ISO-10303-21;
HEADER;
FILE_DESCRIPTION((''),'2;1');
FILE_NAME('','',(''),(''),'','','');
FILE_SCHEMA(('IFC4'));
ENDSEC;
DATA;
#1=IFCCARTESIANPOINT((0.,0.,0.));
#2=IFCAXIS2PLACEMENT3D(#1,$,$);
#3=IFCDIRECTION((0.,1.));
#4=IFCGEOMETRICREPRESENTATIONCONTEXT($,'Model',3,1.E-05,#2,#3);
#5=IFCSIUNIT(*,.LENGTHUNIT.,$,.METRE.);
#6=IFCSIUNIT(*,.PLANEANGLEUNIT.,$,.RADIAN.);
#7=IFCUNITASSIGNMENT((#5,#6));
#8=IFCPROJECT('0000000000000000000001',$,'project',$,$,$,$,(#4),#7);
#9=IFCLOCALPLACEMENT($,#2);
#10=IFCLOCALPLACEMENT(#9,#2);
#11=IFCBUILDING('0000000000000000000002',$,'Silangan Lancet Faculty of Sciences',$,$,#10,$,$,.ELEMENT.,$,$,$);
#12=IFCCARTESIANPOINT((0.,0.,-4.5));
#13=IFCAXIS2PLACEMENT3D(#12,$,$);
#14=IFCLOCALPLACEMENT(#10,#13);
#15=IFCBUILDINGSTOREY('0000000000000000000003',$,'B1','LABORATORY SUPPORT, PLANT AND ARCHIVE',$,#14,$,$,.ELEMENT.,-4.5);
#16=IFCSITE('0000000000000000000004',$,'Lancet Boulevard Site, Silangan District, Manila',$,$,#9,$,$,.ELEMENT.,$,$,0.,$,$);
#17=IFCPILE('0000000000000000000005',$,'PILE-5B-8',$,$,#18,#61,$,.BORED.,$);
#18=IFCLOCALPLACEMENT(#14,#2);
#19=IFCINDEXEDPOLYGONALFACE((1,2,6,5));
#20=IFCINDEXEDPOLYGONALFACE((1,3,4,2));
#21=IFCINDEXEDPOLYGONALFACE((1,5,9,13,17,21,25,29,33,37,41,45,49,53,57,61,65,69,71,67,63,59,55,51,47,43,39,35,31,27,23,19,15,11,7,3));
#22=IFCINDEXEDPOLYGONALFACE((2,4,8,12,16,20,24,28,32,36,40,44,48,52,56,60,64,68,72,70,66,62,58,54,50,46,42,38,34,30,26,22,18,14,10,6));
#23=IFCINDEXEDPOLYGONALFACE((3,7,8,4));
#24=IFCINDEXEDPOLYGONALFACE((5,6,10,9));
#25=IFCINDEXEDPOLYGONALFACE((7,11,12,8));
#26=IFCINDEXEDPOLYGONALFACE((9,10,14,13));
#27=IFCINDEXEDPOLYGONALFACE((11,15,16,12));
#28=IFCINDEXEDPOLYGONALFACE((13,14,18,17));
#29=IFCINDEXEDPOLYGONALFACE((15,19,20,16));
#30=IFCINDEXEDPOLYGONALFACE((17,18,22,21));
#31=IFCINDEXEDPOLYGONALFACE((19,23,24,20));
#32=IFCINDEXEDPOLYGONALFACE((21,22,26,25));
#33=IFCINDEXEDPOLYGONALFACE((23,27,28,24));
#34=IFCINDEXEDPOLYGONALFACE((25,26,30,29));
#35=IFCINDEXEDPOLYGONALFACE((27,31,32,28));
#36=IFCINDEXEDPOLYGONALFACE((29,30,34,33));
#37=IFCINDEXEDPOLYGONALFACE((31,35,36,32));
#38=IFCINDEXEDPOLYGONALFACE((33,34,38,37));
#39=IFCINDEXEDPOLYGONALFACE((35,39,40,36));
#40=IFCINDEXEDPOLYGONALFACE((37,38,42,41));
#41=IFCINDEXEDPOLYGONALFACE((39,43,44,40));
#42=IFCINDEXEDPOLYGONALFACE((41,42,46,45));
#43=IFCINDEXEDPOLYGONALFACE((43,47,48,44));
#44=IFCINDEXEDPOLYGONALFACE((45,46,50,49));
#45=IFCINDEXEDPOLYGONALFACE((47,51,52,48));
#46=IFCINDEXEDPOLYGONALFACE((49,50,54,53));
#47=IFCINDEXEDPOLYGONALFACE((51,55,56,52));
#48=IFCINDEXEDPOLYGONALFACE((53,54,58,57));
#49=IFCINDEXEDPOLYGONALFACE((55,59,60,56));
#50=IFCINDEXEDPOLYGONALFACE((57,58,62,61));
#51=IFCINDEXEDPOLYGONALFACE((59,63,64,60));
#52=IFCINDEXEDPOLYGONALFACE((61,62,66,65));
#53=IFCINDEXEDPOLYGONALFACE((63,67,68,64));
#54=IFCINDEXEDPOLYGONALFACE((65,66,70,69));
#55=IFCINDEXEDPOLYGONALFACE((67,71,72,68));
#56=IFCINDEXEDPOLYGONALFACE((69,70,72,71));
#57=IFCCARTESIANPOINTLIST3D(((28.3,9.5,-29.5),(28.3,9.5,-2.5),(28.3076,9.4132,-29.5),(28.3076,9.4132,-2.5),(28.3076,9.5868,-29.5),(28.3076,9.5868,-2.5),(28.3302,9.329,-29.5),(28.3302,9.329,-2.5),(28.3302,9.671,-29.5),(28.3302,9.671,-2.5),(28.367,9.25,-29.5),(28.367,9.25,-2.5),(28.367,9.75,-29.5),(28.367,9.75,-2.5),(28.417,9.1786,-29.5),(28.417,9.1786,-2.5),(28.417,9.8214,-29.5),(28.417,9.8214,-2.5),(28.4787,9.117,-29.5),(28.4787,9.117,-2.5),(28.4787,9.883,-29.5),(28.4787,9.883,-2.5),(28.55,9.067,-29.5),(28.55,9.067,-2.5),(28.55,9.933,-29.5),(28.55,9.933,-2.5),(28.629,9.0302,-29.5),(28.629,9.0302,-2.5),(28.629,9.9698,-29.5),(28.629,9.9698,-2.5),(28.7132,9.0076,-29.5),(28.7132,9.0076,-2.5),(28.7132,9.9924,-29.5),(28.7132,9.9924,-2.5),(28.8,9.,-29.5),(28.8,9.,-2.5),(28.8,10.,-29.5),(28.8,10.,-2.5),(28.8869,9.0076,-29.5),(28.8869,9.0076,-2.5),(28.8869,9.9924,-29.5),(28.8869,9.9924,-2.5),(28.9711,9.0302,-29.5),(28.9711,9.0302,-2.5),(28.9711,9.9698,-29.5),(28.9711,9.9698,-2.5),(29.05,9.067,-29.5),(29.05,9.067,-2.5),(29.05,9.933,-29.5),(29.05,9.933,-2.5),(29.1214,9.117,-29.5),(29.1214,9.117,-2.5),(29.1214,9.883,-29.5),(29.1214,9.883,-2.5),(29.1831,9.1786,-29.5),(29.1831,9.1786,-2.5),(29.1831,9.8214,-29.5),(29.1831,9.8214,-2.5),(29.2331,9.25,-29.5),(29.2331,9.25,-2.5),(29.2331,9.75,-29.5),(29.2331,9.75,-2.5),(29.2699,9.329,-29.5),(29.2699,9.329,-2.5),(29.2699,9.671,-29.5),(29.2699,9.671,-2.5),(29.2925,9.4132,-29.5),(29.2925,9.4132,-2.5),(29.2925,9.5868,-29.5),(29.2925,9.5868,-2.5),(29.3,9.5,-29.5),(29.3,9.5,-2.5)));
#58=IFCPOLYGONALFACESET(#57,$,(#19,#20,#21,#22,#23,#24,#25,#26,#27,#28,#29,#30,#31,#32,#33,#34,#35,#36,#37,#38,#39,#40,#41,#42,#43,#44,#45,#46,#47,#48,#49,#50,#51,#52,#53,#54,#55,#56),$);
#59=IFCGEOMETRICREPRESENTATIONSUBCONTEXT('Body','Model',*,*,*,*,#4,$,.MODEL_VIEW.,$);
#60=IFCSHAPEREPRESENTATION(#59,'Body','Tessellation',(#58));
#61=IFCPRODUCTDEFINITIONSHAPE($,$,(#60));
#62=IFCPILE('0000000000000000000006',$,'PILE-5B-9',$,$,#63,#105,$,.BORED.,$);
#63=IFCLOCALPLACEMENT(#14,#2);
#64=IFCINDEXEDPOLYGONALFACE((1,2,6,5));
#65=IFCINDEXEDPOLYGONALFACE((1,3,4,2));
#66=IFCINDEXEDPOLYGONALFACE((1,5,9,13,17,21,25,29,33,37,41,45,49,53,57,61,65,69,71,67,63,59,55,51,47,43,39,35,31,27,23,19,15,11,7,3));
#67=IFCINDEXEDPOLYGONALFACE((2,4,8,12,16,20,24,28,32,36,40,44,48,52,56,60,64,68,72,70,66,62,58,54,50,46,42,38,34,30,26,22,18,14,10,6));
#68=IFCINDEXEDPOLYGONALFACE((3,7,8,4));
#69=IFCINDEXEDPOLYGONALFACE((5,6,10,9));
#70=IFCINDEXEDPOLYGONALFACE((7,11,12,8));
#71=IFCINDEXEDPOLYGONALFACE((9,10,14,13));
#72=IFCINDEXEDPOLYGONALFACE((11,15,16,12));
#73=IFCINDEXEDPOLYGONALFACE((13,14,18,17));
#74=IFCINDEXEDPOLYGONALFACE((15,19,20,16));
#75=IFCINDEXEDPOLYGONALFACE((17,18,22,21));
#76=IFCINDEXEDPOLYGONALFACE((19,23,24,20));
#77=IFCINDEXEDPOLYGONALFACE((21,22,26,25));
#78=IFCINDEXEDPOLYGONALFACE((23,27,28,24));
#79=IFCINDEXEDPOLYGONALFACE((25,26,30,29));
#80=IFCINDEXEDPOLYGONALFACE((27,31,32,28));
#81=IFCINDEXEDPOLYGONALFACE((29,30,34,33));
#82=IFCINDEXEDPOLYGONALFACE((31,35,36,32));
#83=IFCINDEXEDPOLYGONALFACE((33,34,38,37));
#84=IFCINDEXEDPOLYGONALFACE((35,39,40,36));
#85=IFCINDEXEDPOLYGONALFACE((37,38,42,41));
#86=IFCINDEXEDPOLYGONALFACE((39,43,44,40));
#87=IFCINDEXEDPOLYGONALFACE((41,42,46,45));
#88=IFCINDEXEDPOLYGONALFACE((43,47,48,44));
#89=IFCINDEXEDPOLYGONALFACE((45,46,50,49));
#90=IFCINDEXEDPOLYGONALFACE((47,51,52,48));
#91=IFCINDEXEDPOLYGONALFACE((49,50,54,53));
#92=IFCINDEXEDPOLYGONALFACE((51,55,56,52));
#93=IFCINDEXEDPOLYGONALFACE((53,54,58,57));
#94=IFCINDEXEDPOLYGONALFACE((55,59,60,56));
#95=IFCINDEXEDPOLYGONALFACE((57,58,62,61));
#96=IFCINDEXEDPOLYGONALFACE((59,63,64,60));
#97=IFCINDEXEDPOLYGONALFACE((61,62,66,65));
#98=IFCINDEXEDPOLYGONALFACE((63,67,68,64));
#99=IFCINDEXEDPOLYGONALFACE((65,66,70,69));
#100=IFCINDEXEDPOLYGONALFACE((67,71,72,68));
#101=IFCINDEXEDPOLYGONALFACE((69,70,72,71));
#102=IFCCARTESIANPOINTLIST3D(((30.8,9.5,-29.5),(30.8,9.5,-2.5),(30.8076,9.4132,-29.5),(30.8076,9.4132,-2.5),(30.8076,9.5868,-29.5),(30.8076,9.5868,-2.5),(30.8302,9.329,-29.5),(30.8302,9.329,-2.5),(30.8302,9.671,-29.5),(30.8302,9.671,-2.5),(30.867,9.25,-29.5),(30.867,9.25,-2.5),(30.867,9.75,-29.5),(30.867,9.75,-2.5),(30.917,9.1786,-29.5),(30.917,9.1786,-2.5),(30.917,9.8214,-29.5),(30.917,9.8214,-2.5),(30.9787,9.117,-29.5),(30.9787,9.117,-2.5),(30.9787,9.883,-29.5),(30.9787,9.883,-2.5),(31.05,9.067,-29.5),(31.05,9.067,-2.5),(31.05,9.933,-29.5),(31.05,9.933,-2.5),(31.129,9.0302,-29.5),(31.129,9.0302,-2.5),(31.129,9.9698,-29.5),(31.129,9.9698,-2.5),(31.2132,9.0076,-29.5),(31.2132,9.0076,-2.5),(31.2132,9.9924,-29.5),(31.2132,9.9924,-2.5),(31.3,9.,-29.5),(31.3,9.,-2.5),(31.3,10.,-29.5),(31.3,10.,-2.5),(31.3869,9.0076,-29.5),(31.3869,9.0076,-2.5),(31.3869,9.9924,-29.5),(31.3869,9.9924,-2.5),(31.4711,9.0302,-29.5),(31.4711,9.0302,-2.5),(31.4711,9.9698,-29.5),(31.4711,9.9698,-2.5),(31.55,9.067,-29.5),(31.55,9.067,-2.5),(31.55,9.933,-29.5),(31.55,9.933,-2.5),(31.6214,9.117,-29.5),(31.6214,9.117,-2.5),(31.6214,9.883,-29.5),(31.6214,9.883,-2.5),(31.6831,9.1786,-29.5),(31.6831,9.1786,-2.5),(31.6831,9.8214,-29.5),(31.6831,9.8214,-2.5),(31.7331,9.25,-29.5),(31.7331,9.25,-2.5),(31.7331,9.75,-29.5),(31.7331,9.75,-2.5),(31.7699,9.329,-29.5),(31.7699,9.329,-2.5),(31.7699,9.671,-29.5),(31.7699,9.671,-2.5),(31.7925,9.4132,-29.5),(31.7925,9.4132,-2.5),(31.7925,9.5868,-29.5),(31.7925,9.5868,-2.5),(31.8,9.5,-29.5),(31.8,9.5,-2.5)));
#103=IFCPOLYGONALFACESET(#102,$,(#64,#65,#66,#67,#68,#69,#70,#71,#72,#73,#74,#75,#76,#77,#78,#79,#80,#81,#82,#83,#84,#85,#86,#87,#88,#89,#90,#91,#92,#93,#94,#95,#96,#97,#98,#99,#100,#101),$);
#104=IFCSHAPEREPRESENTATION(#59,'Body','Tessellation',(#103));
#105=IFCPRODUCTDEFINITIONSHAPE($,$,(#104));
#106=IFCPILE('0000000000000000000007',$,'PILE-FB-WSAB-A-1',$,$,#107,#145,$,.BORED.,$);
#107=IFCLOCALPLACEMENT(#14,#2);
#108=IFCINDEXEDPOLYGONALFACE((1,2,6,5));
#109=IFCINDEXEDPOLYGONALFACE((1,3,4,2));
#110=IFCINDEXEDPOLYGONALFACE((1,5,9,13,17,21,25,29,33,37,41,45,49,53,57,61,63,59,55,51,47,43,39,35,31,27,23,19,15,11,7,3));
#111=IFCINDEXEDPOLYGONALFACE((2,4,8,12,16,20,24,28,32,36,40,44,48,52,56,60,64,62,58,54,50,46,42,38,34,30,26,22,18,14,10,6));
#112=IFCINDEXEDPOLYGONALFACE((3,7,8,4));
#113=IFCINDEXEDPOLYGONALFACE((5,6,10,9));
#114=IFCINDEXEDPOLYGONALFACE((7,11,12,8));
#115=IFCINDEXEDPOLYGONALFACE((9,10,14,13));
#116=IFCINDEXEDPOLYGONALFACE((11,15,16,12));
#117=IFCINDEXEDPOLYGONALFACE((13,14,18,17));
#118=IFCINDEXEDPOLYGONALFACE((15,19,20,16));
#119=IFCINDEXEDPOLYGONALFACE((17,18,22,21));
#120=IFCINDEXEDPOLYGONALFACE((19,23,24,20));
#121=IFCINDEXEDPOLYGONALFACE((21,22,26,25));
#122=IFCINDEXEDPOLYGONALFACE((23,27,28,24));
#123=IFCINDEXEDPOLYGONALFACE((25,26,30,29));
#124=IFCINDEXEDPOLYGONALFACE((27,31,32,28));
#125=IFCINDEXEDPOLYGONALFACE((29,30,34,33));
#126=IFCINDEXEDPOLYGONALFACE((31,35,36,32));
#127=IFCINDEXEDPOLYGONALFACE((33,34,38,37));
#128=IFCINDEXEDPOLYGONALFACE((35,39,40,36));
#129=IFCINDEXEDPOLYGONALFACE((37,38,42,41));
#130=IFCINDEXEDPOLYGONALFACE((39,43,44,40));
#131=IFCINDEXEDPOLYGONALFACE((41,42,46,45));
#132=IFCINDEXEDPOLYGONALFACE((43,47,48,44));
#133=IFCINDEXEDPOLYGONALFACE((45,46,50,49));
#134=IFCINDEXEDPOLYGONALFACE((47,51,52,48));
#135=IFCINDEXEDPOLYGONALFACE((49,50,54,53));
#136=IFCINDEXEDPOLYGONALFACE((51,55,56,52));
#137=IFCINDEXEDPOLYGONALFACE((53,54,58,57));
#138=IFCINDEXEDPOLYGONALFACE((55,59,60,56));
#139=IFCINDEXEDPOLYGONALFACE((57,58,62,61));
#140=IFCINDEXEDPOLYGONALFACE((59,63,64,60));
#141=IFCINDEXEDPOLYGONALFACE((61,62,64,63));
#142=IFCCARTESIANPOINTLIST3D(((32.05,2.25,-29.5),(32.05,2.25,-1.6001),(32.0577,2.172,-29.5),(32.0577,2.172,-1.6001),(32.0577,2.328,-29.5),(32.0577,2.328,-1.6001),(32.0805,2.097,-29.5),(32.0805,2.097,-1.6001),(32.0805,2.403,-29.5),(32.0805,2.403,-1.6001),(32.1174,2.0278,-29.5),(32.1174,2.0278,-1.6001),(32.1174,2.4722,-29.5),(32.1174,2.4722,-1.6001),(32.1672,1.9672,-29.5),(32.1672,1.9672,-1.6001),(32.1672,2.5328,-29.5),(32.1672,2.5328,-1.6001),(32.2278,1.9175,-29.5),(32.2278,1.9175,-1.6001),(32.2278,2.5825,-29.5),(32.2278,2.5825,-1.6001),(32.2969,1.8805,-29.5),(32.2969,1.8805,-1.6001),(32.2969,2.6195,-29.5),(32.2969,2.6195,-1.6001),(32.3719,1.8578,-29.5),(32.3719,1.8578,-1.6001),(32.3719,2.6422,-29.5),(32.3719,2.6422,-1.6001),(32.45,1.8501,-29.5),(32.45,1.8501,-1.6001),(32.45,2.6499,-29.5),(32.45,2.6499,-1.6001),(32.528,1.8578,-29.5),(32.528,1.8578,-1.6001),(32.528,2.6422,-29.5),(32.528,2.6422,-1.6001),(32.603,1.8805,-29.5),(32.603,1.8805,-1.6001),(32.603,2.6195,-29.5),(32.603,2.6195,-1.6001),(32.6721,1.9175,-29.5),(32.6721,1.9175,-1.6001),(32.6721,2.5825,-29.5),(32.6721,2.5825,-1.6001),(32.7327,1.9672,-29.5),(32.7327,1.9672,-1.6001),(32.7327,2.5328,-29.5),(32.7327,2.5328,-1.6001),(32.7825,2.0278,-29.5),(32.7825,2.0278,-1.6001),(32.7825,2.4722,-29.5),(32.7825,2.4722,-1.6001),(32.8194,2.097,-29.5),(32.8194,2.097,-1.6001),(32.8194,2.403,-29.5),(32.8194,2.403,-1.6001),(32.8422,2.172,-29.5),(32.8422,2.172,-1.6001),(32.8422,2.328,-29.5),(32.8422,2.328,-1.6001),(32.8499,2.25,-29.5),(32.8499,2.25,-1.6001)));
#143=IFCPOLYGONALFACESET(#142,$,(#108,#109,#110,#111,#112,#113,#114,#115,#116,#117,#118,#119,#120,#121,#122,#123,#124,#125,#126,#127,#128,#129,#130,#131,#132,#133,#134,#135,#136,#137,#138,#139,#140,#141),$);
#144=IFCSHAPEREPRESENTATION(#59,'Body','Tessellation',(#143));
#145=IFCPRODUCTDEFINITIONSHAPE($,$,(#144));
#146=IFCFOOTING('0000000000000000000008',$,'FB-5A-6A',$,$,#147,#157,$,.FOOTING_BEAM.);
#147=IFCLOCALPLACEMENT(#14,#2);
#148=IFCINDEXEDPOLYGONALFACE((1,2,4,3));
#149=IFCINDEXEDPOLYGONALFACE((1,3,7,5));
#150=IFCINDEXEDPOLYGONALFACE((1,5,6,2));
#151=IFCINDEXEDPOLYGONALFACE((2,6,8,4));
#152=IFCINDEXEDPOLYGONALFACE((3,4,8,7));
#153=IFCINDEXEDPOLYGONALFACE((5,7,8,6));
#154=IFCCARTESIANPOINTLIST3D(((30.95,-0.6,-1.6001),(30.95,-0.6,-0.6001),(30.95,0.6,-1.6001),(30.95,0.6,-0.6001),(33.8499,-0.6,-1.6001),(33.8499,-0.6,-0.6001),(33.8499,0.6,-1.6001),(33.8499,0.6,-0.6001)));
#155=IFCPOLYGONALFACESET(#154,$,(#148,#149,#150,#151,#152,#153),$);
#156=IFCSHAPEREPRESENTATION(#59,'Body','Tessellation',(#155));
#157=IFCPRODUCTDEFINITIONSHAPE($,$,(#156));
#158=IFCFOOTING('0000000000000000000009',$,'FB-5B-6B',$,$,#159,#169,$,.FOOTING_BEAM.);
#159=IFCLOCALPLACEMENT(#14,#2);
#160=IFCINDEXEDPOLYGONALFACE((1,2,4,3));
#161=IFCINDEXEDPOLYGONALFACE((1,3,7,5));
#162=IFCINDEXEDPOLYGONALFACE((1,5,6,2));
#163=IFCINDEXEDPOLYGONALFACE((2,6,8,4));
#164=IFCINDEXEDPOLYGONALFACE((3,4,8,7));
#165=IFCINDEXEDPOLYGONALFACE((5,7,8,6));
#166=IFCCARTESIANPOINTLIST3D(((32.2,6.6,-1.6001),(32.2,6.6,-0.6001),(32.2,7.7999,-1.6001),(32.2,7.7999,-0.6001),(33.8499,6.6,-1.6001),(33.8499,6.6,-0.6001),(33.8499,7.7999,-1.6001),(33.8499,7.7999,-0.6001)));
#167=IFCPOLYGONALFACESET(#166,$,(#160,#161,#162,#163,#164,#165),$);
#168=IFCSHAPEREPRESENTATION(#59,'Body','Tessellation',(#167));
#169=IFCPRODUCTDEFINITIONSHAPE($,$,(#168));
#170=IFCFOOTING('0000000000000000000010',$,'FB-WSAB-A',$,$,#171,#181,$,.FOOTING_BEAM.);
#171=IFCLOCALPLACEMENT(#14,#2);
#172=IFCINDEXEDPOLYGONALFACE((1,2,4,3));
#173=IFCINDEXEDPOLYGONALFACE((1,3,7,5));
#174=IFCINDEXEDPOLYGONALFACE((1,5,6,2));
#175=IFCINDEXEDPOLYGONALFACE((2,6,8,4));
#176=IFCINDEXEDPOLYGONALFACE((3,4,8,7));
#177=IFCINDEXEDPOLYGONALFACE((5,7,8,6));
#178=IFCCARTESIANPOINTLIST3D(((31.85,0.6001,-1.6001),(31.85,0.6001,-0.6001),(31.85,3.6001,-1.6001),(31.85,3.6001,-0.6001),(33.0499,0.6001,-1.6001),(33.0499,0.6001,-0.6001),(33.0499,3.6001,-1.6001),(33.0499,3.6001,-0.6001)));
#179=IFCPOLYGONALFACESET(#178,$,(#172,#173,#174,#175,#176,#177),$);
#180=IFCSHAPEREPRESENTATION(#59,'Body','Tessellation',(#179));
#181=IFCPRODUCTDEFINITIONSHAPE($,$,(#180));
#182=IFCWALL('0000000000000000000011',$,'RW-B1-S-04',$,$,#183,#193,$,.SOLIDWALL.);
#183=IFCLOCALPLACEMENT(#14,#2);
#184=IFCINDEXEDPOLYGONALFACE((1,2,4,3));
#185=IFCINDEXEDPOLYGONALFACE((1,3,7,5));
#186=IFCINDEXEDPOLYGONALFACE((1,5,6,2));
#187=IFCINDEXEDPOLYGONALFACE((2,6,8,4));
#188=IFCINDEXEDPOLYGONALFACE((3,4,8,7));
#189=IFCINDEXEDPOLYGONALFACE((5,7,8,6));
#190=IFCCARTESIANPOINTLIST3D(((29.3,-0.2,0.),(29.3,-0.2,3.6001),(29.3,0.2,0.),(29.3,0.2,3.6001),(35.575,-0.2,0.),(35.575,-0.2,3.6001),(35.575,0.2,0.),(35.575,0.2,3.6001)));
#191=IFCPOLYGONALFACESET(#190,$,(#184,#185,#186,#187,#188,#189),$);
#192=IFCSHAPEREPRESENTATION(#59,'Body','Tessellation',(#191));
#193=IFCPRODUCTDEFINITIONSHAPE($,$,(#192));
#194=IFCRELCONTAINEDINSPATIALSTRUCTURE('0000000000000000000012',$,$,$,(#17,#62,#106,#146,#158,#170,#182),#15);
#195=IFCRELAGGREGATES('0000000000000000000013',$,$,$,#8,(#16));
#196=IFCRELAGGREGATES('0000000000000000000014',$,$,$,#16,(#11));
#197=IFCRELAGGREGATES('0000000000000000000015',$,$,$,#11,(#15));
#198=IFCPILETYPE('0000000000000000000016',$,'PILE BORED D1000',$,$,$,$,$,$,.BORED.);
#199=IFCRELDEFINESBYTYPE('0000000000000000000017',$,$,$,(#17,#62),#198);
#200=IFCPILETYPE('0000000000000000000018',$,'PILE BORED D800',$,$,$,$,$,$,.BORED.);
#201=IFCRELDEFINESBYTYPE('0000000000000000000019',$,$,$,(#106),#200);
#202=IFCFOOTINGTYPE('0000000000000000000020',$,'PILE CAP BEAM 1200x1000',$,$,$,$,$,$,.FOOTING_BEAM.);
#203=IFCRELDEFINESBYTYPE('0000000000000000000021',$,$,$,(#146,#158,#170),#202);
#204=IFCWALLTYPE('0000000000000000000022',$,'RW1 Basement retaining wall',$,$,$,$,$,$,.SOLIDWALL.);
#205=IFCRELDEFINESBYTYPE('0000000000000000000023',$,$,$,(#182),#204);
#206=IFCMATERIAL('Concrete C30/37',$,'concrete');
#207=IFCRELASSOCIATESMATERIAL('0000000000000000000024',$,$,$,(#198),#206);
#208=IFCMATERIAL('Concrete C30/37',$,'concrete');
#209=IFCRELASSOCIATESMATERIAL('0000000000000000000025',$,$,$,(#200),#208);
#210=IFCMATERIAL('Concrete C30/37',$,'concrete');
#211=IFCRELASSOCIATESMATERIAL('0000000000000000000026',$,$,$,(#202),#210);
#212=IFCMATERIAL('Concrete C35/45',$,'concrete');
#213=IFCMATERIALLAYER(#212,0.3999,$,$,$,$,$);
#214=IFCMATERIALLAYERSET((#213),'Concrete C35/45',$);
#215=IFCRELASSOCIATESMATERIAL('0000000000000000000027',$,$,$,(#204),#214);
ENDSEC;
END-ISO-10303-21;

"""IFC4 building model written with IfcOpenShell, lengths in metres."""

from ifc_helpers import new_model, si_unit, direction, frame, frame_2d, origin, origin_2d, place, context, subcontext, project, spatial, rectangle, circle, extrude, material, layer, layer_set, material_profile, profile_set, type_object, element, save


model = new_model("IFC4")

# Units and contexts
model_context = context("Model", 3, precision=1e-05, world=origin(), true_north=direction((0.0, 1.0)))
body_context = subcontext(model_context, "Body", "Model", "MODEL_VIEW")
ifc_project = project(units=[si_unit("LENGTHUNIT", "METRE"), si_unit("PLANEANGLEUNIT", "RADIAN")], contexts=[model_context])

# Site, building, storey
site_placement = place(None, origin())
site = spatial("IfcSite", under=ifc_project, at=site_placement, Name="Lancet Boulevard Site, Silangan District, Manila", CompositionType="ELEMENT", RefElevation=0.0)
building_placement = place(site_placement, origin())
building = spatial("IfcBuilding", under=site, at=building_placement, Name="Silangan Lancet Faculty of Sciences", CompositionType="ELEMENT")
storey_placement = place(building_placement, frame((0.0, 0.0, -4.5)))
storey = spatial("IfcBuildingStorey", under=building, at=storey_placement, Name="B1", Description="LABORATORY SUPPORT, PLANT AND ARCHIVE", CompositionType="ELEMENT", Elevation=-4.5)

# Piles
ifc_material_1 = material(Name="Concrete C30/37", Category="concrete")
ifc_material_profile_1 = material_profile(ifc_material_1, circle(Radius=0.5, at=origin_2d()), Name="BORED PILE D1000")
ifc_profile_set_1 = profile_set([ifc_material_profile_1], Name="Concrete C30/37")
pile_type_1 = type_object("IfcPileType", Name="PILE BORED D1000", PredefinedType="BORED", material=ifc_profile_set_1)
for number, where, z_axis, x_axis, name in (
    (1, (28.8, 9.5, -2.5), (0.0, 0.0, -1.0), (1.0, 0.0, 0.0), "PILE-5B-8"),
    (2, (31.3, 9.5, -2.5), (0.0, 0.0, -1.0), (1.0, 0.0, 0.0), "PILE-5B-9"),
):
    element("IfcPile", number, at=place(storey_placement, frame(where, z_axis=z_axis, x_axis=x_axis)), inside=storey, type_object=pile_type_1, Name=name, PredefinedType="BORED", context=body_context, shape_type="SweptSolid", body=[
        extrude(circle(Radius=0.5, at=origin_2d()), origin(), (0.0, 0.0, 1.0), 27.0),
    ])
ifc_material_2 = material(Name="Concrete C30/37", Category="concrete")
ifc_material_profile_2 = material_profile(ifc_material_2, circle(Radius=0.3999, at=origin_2d()), Name="BORED PILE D800")
ifc_profile_set_2 = profile_set([ifc_material_profile_2], Name="Concrete C30/37")
pile_type_2 = type_object("IfcPileType", Name="PILE BORED D800", PredefinedType="BORED", material=ifc_profile_set_2)
pile_placement = place(storey_placement, frame((32.45, 2.25, -1.6001), z_axis=(0.0, 0.0, -1.0), x_axis=(1.0, 0.0, 0.0)))
element("IfcPile", 3, at=pile_placement, inside=storey, type_object=pile_type_2, Name="PILE-FB-WSAB-A-1", PredefinedType="BORED", context=body_context, shape_type="SweptSolid", body=[
    extrude(circle(Radius=0.3999, at=origin_2d()), origin(), (0.0, 0.0, 1.0), 27.8999),
])

# Footings
ifc_material_3 = material(Name="Concrete C30/37", Category="concrete")
footing_type = type_object("IfcFootingType", Name="PILE CAP BEAM 1200x1000", PredefinedType="FOOTING_BEAM", material=ifc_material_3)
footing_1_placement = place(storey_placement, frame((32.3999, 0.0, -1.6001), z_axis=(0.0, 0.0, 1.0), x_axis=(1.0, 0.0, 0.0)))
element("IfcFooting", 4, at=footing_1_placement, inside=storey, type_object=footing_type, Name="FB-5A-6A", PredefinedType="FOOTING_BEAM", context=body_context, shape_type="SweptSolid", body=[
    extrude(rectangle(XDim=2.8999, YDim=1.2, at=origin_2d()), origin(), (0.0, 0.0, 1.0), 1.0),
])
footing_2_placement = place(storey_placement, frame((33.0249, 7.2, -1.6001), z_axis=(0.0, 0.0, 1.0), x_axis=(1.0, 0.0, 0.0)))
element("IfcFooting", 5, at=footing_2_placement, inside=storey, type_object=footing_type, Name="FB-5B-6B", PredefinedType="FOOTING_BEAM", context=body_context, shape_type="SweptSolid", body=[
    extrude(rectangle(XDim=1.6499, YDim=1.2, at=origin_2d()), origin(), (0.0, 0.0, 1.0), 1.0),
])
footing_3_placement = place(storey_placement, frame((32.45, 2.1001, -1.6001), z_axis=(0.0, 0.0, 1.0), x_axis=(0.0, 1.0, 0.0)))
element("IfcFooting", 6, at=footing_3_placement, inside=storey, type_object=footing_type, Name="FB-WSAB-A", PredefinedType="FOOTING_BEAM", context=body_context, shape_type="SweptSolid", body=[
    extrude(rectangle(XDim=3.0, YDim=1.2, at=origin_2d()), origin(), (0.0, 0.0, 1.0), 1.0),
])

# Wall
ifc_material_4 = material(Name="Concrete C35/45", Category="concrete")
ifc_layer_1 = layer(ifc_material_4, 0.3999)
ifc_layer_set_1 = layer_set([ifc_layer_1], Name="Concrete C35/45")
wall_type_1 = type_object("IfcWallType", Name="RW1 Basement retaining wall", PredefinedType="SOLIDWALL", material=ifc_layer_set_1)
wall_1_placement = place(storey_placement, frame((29.3, 0.0, 0.0), z_axis=(0.0, 0.0, 1.0), x_axis=(1.0, 0.0, 0.0)))
element("IfcWall", 7, at=wall_1_placement, inside=storey, type_object=wall_type_1, Name="RW-B1-S-04", PredefinedType="SOLIDWALL", context=body_context, shape_type="SweptSolid", body=[
    extrude(rectangle(XDim=6.2749, YDim=0.3999, at=frame_2d((3.1375, 0.0))), origin(), (0.0, 0.0, 1.0), 3.6001),
])

save(model, "model.ifc")
